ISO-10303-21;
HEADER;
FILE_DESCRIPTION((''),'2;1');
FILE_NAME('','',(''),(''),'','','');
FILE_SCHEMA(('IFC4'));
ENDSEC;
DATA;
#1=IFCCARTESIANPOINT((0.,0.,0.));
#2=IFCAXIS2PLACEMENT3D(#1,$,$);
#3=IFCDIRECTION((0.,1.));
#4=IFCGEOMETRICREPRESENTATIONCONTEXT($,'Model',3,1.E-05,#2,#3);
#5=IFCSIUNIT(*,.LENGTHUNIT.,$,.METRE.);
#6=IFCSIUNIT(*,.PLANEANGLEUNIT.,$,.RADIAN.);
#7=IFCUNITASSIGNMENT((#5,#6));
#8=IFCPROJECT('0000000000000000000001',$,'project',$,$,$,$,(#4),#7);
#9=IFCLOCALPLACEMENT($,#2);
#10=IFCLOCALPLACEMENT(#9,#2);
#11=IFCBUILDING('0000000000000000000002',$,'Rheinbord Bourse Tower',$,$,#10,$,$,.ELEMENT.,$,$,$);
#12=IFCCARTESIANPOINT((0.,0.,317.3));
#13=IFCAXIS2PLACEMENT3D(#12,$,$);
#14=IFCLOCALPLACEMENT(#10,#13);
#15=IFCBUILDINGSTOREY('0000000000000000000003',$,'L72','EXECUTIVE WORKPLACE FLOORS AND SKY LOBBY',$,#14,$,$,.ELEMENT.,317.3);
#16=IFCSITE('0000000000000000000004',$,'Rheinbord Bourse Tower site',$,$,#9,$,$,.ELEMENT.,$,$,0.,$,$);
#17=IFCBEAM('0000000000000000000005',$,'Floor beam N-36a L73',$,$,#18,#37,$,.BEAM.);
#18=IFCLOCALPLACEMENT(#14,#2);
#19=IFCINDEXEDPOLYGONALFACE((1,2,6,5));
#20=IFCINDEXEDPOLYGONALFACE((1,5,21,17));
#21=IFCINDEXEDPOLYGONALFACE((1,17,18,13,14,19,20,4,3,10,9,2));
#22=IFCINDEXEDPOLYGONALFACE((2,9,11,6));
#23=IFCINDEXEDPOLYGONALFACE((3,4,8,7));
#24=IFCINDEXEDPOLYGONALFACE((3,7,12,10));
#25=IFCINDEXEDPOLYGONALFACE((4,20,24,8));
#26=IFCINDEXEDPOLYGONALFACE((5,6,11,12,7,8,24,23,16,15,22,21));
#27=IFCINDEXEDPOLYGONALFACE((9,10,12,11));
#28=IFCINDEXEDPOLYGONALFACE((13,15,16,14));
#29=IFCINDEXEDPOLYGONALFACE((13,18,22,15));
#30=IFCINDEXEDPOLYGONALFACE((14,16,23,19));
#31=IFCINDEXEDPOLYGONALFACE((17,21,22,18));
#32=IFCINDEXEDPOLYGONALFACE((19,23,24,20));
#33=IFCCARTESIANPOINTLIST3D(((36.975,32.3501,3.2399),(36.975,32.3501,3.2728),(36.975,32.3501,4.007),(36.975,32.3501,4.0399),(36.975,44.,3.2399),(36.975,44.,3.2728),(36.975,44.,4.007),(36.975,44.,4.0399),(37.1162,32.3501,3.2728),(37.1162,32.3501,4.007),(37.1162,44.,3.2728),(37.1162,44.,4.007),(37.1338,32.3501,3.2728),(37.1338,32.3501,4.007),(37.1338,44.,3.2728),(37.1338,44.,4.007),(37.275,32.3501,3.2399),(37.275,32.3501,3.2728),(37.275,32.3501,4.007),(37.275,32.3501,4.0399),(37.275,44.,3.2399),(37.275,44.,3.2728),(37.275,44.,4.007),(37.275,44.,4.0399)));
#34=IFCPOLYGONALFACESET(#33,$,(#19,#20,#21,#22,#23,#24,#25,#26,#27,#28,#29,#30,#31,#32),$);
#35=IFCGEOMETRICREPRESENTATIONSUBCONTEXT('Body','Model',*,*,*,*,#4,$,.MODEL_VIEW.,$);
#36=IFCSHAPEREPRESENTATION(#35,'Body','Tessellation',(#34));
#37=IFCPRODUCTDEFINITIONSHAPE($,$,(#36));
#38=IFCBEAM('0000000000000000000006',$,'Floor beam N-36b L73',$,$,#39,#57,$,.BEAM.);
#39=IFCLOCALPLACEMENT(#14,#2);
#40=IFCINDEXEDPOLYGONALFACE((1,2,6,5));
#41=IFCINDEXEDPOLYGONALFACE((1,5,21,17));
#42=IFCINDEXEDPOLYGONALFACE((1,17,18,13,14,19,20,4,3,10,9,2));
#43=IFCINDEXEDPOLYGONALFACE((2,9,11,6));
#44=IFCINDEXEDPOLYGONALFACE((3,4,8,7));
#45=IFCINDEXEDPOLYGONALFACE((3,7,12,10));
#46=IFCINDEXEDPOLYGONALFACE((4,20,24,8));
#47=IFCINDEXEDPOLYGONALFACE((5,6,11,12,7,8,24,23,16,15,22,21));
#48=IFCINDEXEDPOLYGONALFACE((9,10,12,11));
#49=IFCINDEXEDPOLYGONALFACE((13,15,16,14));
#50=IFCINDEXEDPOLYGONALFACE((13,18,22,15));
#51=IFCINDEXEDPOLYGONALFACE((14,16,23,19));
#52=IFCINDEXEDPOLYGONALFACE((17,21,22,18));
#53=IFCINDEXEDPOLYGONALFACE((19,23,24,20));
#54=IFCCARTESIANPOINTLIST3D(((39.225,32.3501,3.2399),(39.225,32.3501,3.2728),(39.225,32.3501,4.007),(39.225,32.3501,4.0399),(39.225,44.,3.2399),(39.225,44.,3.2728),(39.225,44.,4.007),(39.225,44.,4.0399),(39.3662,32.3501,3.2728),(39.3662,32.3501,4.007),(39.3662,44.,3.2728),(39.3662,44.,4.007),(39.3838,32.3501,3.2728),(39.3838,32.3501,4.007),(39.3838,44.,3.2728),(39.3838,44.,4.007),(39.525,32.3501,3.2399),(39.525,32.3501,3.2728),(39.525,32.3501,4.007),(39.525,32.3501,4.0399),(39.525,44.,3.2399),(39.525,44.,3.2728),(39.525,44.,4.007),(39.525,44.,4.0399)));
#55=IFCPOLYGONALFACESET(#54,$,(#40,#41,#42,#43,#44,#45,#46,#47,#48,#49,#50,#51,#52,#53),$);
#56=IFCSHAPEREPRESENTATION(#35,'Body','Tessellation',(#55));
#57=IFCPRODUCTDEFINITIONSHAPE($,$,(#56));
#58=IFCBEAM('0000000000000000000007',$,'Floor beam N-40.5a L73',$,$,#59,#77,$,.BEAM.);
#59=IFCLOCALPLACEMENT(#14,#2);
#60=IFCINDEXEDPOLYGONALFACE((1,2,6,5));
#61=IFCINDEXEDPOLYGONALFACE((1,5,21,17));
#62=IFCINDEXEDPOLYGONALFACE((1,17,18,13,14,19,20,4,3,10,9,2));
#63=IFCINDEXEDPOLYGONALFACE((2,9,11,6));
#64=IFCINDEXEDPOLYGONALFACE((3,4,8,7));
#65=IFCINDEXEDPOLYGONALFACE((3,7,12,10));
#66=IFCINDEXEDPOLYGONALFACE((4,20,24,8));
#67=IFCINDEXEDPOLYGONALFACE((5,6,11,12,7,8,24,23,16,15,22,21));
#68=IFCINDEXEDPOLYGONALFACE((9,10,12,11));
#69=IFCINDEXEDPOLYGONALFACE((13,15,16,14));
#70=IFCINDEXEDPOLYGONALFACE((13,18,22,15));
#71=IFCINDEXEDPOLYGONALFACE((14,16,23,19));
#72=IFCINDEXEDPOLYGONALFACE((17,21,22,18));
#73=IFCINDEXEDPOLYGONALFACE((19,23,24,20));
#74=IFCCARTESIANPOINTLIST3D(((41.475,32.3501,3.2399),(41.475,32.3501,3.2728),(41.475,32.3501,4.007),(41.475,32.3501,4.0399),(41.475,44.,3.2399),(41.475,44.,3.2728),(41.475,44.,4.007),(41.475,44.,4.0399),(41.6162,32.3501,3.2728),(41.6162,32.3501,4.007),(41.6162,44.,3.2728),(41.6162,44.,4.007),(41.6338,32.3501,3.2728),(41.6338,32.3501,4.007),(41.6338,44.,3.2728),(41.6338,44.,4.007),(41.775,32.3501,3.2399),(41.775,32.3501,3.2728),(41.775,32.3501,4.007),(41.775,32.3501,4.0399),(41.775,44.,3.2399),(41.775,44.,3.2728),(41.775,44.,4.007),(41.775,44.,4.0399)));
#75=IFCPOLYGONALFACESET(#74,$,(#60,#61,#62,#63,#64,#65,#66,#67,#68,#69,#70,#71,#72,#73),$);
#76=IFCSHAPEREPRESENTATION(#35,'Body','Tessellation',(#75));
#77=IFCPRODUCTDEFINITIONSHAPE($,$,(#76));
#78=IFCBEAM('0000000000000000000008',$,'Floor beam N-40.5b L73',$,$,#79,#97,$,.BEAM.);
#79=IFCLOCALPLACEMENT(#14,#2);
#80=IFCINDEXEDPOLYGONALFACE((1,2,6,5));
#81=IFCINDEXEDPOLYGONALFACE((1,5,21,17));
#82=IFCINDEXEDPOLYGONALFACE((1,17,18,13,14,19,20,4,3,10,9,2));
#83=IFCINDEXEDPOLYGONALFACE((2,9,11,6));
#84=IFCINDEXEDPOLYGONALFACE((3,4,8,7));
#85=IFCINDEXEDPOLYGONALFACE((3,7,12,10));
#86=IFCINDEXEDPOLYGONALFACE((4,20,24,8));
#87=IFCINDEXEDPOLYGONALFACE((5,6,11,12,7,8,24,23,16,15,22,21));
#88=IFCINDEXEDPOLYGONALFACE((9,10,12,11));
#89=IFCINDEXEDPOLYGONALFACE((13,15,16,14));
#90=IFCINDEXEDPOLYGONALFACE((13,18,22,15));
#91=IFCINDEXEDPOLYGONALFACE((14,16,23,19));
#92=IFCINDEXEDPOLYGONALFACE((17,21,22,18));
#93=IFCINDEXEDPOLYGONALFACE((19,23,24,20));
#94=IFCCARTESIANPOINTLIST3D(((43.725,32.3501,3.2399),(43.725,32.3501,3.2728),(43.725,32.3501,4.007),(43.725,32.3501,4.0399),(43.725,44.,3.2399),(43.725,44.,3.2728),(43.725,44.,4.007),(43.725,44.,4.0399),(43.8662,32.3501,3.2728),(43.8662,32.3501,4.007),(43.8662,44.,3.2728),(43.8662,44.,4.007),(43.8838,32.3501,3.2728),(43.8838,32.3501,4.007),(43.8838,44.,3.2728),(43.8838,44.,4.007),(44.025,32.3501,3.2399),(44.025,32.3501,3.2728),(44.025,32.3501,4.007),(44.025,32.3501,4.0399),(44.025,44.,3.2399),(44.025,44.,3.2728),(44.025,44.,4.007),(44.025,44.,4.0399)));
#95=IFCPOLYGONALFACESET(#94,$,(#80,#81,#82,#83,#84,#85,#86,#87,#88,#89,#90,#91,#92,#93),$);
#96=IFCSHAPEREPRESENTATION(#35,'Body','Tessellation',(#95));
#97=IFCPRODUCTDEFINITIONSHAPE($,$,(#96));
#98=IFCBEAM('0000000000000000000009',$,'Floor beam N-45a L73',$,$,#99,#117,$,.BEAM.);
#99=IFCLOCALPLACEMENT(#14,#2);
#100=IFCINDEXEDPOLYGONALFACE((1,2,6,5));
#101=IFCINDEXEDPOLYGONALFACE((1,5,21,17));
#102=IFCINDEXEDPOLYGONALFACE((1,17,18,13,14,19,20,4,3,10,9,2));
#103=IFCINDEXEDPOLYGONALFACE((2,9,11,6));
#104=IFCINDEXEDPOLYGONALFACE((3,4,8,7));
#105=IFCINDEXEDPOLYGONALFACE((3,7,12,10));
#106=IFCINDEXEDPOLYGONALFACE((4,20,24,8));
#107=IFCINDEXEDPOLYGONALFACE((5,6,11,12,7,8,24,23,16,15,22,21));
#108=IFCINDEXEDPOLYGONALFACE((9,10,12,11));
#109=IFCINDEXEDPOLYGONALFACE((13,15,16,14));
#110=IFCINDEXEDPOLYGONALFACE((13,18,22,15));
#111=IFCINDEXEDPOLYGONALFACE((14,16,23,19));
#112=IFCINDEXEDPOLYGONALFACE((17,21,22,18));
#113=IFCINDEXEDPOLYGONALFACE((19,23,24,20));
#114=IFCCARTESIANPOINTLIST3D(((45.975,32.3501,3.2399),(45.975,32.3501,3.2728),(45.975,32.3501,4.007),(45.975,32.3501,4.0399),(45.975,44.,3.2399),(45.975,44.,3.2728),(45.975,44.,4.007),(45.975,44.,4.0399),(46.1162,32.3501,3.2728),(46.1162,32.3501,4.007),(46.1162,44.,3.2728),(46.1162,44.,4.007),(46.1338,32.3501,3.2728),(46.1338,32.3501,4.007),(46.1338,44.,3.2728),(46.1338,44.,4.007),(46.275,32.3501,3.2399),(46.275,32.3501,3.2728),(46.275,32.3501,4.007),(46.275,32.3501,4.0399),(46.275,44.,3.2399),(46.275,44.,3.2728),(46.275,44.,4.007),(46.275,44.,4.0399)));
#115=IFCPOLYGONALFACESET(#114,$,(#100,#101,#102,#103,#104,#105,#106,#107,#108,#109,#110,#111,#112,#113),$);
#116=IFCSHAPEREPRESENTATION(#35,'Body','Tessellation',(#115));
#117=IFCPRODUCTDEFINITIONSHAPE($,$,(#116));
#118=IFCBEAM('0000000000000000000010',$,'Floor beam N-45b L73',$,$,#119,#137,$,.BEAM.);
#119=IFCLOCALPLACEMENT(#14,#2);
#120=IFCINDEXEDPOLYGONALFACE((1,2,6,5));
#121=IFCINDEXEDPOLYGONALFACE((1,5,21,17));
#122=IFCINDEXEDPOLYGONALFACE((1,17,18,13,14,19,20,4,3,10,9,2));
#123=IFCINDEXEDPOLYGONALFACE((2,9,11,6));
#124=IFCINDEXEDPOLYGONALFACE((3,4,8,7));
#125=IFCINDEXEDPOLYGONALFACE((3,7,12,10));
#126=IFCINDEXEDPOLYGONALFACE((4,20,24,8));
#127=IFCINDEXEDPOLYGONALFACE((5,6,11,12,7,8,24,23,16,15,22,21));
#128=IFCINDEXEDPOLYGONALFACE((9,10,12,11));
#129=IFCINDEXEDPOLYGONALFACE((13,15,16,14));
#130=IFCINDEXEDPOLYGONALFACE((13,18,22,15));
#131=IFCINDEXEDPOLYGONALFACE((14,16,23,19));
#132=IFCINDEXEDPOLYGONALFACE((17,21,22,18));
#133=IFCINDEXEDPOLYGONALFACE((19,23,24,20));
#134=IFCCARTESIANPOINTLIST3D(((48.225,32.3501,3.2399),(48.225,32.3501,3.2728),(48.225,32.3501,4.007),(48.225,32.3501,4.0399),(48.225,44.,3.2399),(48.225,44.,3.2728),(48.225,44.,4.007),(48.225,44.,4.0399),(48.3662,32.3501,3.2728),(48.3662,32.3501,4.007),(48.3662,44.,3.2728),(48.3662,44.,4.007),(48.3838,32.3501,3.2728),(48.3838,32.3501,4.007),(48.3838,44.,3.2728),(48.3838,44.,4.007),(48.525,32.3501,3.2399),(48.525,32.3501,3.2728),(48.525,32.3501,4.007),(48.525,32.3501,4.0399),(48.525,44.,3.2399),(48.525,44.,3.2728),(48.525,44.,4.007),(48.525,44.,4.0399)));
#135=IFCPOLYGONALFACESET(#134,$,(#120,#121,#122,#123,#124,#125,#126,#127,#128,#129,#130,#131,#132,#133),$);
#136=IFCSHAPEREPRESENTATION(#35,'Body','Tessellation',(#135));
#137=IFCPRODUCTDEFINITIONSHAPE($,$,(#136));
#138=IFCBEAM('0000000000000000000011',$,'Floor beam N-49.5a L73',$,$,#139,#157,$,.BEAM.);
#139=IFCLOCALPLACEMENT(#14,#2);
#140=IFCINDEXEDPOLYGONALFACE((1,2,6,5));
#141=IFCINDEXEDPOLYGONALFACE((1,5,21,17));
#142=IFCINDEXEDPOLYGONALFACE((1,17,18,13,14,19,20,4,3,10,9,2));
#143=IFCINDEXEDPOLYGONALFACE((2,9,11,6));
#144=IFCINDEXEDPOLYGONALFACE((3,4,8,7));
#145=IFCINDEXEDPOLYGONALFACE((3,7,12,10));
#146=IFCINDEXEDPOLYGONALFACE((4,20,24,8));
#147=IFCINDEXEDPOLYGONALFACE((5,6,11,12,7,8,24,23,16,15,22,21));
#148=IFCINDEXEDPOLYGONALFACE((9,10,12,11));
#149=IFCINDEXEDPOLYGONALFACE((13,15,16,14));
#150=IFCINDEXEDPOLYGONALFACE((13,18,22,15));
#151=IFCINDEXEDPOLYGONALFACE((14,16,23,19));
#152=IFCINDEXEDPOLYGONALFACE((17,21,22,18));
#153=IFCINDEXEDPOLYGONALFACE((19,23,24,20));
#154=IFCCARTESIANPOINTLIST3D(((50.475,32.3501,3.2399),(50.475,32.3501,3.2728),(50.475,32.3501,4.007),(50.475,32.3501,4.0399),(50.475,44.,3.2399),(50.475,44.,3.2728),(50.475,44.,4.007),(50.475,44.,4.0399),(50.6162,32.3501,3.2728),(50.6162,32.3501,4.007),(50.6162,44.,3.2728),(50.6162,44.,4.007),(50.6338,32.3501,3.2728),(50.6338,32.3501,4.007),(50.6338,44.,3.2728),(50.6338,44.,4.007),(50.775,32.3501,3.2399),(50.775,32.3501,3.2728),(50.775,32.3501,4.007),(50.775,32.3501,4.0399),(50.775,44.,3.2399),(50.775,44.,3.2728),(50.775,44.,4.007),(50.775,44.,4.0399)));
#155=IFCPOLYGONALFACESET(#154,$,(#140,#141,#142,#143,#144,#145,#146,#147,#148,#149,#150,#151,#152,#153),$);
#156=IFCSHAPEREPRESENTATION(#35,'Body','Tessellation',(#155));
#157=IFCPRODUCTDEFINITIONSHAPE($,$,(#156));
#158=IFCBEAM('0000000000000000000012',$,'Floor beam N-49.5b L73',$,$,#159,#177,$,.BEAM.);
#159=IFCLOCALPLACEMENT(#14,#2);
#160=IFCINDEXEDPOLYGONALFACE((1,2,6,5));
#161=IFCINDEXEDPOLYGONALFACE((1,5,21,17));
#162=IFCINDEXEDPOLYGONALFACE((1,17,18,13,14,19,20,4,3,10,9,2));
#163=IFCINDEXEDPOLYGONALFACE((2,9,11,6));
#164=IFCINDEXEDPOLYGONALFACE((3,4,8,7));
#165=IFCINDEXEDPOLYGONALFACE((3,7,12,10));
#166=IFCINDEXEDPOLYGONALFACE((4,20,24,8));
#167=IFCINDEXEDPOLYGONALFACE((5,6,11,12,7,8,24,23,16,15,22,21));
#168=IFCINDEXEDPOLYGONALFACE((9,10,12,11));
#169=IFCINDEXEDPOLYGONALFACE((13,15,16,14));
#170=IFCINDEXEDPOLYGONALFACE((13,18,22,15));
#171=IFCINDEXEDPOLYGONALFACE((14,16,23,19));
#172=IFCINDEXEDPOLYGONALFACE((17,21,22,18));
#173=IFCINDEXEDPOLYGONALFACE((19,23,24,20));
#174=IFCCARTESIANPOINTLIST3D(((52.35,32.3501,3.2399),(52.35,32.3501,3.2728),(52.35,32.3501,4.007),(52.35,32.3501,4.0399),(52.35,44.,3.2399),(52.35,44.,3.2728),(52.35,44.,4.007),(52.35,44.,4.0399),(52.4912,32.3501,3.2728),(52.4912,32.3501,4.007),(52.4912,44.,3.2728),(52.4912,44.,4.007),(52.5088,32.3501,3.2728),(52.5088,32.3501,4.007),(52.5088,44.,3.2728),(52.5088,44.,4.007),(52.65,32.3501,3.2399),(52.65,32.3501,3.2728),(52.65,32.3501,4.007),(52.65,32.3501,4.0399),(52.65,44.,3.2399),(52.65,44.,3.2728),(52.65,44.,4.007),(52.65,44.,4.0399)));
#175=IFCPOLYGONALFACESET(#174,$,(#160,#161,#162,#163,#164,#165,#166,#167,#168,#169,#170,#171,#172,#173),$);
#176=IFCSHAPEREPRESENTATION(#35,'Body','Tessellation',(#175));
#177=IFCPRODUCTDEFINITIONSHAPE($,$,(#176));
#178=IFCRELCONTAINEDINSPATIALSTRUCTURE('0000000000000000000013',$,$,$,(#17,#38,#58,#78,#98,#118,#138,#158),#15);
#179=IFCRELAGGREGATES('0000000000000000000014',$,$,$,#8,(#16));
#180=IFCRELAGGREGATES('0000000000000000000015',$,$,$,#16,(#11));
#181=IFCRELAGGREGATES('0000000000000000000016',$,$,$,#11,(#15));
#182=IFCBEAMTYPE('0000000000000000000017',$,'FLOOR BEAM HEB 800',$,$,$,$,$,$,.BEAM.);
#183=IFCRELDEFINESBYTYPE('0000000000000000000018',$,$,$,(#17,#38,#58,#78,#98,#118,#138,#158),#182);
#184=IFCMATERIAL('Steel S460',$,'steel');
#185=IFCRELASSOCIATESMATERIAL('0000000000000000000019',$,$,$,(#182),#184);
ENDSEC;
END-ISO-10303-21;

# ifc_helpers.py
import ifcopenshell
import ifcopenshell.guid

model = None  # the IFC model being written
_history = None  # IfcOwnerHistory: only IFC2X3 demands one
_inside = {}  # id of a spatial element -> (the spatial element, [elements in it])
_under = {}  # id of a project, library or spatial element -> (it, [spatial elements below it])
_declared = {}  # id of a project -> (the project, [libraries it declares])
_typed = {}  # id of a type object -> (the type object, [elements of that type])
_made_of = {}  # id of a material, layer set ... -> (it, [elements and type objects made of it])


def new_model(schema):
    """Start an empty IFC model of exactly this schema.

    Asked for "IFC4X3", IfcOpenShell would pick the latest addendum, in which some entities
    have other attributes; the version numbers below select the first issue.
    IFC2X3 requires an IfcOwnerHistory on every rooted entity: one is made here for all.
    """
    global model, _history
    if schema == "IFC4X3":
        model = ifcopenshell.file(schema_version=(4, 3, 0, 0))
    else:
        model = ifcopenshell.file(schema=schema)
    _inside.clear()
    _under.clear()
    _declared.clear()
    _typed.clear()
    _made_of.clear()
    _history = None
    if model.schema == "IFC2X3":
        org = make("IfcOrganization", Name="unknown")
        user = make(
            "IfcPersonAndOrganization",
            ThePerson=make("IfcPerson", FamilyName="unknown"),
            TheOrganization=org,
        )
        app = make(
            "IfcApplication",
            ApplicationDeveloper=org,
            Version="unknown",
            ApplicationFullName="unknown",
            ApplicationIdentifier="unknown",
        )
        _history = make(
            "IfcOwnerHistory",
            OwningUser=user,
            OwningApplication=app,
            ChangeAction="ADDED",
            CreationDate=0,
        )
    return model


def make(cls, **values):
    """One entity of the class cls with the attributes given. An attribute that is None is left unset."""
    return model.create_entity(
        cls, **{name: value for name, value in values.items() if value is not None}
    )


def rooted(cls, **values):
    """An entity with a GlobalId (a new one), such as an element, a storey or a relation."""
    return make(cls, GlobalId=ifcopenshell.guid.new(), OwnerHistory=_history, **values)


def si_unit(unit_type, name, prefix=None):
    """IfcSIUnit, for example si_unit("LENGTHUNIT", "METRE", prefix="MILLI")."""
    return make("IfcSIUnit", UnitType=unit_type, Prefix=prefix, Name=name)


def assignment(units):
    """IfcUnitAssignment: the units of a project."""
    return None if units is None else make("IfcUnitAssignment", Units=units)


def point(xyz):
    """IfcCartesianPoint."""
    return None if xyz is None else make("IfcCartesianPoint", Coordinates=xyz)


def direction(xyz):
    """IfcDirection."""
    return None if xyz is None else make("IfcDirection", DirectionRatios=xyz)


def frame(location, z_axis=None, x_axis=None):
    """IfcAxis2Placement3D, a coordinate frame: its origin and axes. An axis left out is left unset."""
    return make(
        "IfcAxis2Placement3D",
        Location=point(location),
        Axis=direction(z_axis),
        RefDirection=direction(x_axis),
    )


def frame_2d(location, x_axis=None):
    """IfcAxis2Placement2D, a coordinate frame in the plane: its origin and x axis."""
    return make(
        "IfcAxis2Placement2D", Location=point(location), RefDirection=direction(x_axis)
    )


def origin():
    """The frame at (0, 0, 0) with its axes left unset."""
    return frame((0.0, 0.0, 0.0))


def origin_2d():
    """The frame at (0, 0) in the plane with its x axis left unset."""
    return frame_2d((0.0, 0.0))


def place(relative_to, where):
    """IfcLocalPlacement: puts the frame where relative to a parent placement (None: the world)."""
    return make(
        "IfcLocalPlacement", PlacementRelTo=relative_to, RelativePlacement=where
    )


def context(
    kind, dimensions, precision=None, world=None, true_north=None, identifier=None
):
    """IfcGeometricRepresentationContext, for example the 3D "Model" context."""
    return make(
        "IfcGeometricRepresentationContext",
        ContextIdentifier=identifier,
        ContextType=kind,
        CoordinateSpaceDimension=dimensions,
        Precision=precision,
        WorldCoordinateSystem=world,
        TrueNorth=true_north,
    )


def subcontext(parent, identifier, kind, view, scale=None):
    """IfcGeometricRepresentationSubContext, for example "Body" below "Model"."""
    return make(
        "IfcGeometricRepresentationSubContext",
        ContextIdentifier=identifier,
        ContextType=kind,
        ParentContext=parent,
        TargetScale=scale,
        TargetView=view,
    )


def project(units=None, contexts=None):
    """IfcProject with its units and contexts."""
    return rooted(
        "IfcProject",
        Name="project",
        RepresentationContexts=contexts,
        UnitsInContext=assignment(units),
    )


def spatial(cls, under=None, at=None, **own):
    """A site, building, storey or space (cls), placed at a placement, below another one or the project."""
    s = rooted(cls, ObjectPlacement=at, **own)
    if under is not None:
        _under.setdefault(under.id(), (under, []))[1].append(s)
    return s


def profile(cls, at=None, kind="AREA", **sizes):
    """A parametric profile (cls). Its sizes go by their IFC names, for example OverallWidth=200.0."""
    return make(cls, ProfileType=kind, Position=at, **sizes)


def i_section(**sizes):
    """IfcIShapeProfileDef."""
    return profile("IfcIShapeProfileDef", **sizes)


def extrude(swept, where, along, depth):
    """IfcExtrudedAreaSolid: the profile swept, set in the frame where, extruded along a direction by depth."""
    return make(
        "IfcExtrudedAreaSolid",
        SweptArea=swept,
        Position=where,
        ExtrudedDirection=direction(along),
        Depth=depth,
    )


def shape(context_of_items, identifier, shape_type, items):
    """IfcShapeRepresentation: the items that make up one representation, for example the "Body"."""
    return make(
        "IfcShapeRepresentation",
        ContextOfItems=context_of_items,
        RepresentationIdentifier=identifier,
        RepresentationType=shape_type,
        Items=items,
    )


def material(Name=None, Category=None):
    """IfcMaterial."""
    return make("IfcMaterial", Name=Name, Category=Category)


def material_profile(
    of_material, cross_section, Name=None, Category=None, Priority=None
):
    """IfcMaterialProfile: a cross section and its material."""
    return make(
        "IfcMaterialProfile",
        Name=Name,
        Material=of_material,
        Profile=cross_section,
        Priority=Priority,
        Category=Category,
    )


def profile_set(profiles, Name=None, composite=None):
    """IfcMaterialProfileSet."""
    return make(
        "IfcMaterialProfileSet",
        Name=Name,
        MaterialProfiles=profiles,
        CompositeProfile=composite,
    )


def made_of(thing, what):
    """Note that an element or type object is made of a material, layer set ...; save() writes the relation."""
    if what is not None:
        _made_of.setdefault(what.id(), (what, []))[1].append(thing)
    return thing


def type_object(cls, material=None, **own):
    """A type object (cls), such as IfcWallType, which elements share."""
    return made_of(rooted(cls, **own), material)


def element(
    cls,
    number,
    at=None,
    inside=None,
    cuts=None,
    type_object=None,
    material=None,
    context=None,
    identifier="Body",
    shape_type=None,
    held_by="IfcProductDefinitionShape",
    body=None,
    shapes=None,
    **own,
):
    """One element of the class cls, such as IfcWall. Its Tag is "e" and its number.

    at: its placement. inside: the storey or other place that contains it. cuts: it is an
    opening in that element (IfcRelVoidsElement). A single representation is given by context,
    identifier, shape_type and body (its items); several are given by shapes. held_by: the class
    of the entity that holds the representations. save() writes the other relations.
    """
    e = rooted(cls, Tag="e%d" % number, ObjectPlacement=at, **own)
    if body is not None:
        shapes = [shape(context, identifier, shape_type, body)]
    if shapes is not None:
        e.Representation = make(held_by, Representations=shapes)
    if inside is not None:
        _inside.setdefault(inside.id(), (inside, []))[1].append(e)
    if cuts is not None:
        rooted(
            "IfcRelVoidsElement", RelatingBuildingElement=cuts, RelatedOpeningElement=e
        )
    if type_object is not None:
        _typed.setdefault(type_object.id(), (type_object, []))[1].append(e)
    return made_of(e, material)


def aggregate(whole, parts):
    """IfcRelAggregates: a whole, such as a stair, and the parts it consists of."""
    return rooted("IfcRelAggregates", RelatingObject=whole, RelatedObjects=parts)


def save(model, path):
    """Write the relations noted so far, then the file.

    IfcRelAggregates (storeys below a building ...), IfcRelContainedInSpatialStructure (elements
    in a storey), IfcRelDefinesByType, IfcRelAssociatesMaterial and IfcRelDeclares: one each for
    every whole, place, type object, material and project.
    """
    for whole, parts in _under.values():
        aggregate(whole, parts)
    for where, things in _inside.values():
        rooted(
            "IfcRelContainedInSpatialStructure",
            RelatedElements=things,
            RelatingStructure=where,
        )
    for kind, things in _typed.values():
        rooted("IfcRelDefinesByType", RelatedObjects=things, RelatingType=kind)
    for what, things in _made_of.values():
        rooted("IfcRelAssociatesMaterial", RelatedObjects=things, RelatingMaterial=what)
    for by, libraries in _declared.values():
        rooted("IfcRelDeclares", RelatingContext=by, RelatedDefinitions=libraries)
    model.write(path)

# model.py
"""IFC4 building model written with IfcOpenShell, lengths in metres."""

from ifc_helpers import new_model, si_unit, direction, frame, origin, origin_2d, place, context, subcontext, project, spatial, i_section, extrude, material, material_profile, profile_set, type_object, element, save


model = new_model("IFC4")

# Units and contexts
model_context = context("Model", 3, precision=1e-05, world=origin(), true_north=direction((0.0, 1.0)))
body_context = subcontext(model_context, "Body", "Model", "MODEL_VIEW")
ifc_project = project(units=[si_unit("LENGTHUNIT", "METRE"), si_unit("PLANEANGLEUNIT", "RADIAN")], contexts=[model_context])

# Site, building, storey
site_placement = place(None, origin())
site = spatial("IfcSite", under=ifc_project, at=site_placement, Name="Rheinbord Bourse Tower site", CompositionType="ELEMENT", RefElevation=0.0)
building_placement = place(site_placement, origin())
building = spatial("IfcBuilding", under=site, at=building_placement, Name="Rheinbord Bourse Tower", CompositionType="ELEMENT")
storey_placement = place(building_placement, frame((0.0, 0.0, 317.3)))
storey = spatial("IfcBuildingStorey", under=building, at=storey_placement, Name="L72", Description="EXECUTIVE WORKPLACE FLOORS AND SKY LOBBY", CompositionType="ELEMENT", Elevation=317.3)

# Beams
ifc_material_1 = material(Name="Steel S460", Category="steel")
ifc_material_profile_1 = material_profile(ifc_material_1, i_section(OverallWidth=0.3, OverallDepth=0.8, WebThickness=0.0176, FlangeThickness=0.033, at=origin_2d()), Name="HEB 800")
ifc_profile_set_1 = profile_set([ifc_material_profile_1], Name="Steel S460")
beam_type_1 = type_object("IfcBeamType", Name="FLOOR BEAM HEB 800", PredefinedType="BEAM", material=ifc_profile_set_1)
for number, where, z_axis, x_axis, name in (
    (1, (37.125, 44.0, 3.6399), (0.0, -1.0, 0.0), (1.0, 0.0, 0.0), "Floor beam N-36a L73"),
    (2, (39.375, 44.0, 3.6399), (0.0, -1.0, 0.0), (1.0, 0.0, 0.0), "Floor beam N-36b L73"),
    (3, (41.625, 44.0, 3.6399), (0.0, -1.0, 0.0), (1.0, 0.0, 0.0), "Floor beam N-40.5a L73"),
    (4, (43.875, 44.0, 3.6399), (0.0, -1.0, 0.0), (1.0, 0.0, 0.0), "Floor beam N-40.5b L73"),
    (5, (46.125, 44.0, 3.6399), (0.0, -1.0, 0.0), (1.0, 0.0, 0.0), "Floor beam N-45a L73"),
    (6, (48.375, 44.0, 3.6399), (0.0, -1.0, 0.0), (1.0, 0.0, 0.0), "Floor beam N-45b L73"),
    (7, (50.625, 44.0, 3.6399), (0.0, -1.0, 0.0), (1.0, 0.0, 0.0), "Floor beam N-49.5a L73"),
    (8, (52.5, 44.0, 3.6399), (0.0, -1.0, 0.0), (1.0, 0.0, 0.0), "Floor beam N-49.5b L73"),
):
    element("IfcBeam", number, at=place(storey_placement, frame(where, z_axis=z_axis, x_axis=x_axis)), inside=storey, type_object=beam_type_1, Name=name, PredefinedType="BEAM", context=body_context, shape_type="SweptSolid", body=[
        extrude(i_section(OverallWidth=0.3, OverallDepth=0.8, WebThickness=0.0176, FlangeThickness=0.033, at=origin_2d()), origin(), (0.0, 0.0, 1.0), 11.6499),
    ])

save(model, "model.ifc")
